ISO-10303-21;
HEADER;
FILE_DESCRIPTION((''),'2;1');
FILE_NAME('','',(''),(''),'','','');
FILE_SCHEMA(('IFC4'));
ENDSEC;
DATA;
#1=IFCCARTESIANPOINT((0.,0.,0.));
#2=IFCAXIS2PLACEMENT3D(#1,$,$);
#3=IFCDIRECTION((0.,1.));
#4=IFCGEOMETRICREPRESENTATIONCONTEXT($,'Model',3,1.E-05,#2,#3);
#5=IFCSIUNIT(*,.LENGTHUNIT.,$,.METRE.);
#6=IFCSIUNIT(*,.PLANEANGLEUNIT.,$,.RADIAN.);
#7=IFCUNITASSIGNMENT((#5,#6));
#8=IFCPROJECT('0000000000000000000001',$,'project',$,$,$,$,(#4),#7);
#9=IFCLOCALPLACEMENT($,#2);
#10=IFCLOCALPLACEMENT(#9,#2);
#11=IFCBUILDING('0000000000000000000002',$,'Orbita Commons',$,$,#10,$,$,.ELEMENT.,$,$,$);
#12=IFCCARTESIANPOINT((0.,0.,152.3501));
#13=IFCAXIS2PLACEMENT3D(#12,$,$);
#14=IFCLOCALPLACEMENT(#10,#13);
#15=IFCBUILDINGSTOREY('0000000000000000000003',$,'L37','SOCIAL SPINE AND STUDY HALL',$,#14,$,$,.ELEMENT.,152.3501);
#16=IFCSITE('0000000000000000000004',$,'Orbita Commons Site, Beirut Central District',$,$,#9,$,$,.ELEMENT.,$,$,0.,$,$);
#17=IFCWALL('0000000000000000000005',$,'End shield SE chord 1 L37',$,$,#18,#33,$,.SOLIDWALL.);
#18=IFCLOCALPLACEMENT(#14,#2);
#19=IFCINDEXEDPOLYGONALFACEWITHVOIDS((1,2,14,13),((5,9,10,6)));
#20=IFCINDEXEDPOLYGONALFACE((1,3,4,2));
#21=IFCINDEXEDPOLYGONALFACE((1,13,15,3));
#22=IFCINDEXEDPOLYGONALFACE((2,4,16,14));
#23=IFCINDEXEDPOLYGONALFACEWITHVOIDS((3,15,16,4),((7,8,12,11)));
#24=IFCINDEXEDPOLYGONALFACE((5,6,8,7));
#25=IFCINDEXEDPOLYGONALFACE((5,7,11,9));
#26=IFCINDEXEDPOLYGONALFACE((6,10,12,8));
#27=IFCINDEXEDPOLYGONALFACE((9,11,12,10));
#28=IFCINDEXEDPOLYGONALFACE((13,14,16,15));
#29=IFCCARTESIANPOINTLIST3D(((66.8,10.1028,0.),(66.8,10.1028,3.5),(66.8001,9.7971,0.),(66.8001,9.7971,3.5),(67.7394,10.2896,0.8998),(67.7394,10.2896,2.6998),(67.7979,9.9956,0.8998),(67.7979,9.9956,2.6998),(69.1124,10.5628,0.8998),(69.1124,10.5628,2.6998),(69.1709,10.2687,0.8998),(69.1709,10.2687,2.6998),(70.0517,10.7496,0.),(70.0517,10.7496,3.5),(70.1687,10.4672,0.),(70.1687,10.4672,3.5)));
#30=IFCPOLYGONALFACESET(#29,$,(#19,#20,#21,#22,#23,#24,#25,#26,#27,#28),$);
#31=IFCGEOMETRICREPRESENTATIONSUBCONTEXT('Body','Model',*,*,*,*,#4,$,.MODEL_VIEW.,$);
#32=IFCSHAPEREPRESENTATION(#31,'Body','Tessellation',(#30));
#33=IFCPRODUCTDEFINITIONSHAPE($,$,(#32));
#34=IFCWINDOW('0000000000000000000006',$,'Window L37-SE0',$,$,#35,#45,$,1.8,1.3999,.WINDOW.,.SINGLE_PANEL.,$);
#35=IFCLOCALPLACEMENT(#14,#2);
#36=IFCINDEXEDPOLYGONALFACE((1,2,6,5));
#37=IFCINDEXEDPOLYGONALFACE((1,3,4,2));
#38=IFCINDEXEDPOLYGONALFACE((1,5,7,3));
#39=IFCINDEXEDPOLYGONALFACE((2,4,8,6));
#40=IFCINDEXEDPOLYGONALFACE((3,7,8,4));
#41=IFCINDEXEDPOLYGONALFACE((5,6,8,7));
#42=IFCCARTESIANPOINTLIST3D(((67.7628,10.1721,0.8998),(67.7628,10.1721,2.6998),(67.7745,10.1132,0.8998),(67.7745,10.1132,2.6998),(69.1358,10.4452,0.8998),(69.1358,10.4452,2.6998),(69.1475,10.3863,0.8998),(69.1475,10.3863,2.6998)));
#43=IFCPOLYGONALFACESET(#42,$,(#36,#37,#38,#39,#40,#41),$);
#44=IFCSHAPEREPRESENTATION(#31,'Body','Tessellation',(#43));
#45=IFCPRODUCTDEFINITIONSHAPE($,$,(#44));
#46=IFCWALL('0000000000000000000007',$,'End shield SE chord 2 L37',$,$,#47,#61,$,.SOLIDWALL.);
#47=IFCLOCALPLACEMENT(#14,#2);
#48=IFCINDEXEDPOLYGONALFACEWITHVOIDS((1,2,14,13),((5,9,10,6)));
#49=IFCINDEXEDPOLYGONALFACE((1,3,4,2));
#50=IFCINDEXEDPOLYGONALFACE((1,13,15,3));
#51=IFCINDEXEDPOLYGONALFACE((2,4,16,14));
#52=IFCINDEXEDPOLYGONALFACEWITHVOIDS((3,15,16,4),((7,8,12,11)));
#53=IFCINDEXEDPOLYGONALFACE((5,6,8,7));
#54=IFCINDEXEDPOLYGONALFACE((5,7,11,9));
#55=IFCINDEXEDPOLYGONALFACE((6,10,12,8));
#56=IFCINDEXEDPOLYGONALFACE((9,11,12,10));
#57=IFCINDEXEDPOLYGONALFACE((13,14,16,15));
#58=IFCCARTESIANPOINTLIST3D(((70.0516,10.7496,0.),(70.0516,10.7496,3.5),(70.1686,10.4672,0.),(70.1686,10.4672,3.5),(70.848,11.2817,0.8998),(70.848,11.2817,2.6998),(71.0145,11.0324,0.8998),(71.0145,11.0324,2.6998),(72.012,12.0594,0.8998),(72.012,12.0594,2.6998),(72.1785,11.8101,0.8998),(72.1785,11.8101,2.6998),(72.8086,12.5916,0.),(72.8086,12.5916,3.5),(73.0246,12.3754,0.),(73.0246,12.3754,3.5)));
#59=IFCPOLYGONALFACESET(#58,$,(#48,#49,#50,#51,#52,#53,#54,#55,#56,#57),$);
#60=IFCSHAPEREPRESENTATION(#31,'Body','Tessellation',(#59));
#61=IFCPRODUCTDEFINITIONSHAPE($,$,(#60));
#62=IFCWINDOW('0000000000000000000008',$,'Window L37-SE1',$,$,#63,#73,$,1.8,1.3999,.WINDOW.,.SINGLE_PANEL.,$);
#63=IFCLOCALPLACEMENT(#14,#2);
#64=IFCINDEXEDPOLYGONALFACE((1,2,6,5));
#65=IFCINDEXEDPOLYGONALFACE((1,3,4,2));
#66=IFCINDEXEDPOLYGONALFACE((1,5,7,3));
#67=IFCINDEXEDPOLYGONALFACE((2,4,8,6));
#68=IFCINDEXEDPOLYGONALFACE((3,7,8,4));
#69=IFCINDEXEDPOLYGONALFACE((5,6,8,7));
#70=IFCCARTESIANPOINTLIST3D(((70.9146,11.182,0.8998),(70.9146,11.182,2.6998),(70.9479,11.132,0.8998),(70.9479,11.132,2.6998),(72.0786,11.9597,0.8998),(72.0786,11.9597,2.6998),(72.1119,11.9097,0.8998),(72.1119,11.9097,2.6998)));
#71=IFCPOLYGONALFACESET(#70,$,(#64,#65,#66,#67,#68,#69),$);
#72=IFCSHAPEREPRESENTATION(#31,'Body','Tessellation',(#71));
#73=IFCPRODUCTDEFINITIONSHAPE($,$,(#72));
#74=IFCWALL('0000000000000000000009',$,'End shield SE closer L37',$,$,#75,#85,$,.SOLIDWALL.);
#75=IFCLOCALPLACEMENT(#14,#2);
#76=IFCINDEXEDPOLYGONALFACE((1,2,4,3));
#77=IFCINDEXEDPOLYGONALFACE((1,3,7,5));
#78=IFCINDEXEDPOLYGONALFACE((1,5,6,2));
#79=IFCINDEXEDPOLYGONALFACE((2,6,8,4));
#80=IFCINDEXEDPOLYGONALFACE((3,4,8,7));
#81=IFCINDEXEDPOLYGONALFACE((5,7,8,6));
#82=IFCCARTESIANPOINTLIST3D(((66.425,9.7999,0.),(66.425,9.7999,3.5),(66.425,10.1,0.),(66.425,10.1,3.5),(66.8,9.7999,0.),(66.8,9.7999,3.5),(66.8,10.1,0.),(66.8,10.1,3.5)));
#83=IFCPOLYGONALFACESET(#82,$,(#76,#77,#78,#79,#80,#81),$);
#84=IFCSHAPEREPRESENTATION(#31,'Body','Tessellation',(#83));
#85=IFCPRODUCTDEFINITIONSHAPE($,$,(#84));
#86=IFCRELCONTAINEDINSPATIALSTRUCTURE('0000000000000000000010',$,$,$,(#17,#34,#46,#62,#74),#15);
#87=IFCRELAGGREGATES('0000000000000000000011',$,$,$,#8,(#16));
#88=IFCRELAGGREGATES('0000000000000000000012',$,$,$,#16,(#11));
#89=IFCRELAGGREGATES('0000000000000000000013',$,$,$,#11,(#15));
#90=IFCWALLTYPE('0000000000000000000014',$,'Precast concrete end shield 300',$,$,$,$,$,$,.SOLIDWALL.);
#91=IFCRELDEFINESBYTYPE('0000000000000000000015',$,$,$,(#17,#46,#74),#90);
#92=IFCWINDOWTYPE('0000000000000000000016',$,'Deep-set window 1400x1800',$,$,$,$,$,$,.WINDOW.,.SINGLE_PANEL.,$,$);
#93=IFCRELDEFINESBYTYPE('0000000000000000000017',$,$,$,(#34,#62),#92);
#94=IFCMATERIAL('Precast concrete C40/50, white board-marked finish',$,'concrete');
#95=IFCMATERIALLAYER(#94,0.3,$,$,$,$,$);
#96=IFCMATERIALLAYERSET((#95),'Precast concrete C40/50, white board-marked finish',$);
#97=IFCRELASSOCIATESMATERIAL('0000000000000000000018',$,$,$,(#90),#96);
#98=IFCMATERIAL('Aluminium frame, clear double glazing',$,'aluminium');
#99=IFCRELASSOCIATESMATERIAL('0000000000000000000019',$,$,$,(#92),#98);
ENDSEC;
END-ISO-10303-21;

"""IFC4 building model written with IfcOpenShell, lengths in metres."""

from ifc_helpers import new_model, si_unit, direction, frame, frame_2d, origin, place, context, subcontext, project, spatial, polyline, rectangle, outline, extrude, material, layer, layer_set, type_object, element, fill, save


model = new_model("IFC4")

# Units and contexts
model_context = context("Model", 3, precision=1e-05, world=origin(), true_north=direction((0.0, 1.0)))
body_context = subcontext(model_context, "Body", "Model", "MODEL_VIEW")
ifc_project = project(units=[si_unit("LENGTHUNIT", "METRE"), si_unit("PLANEANGLEUNIT", "RADIAN")], contexts=[model_context])

# Site, building, storey
site_placement = place(None, origin())
site = spatial("IfcSite", under=ifc_project, at=site_placement, Name="Orbita Commons Site, Beirut Central District", CompositionType="ELEMENT", RefElevation=0.0)
building_placement = place(site_placement, origin())
building = spatial("IfcBuilding", under=site, at=building_placement, Name="Orbita Commons", CompositionType="ELEMENT")
storey_placement = place(building_placement, frame((0.0, 0.0, 152.3501)))
storey = spatial("IfcBuildingStorey", under=building, at=storey_placement, Name="L37", Description="SOCIAL SPINE AND STUDY HALL", CompositionType="ELEMENT", Elevation=152.3501)

# Walls, openings, windows
ifc_material_1 = material(Name="Precast concrete C40/50, white board-marked finish", Category="concrete")
ifc_layer_1 = layer(ifc_material_1, 0.3)
ifc_layer_set_1 = layer_set([ifc_layer_1], Name="Precast concrete C40/50, white board-marked finish")
wall_type_1 = type_object("IfcWallType", Name="Precast concrete end shield 300", PredefinedType="SOLIDWALL", material=ifc_layer_set_1)
wall_1_placement = place(storey_placement, frame((66.8, 9.95, 0.0), z_axis=(0.0, 0.0, 1.0), x_axis=(0.980783, 0.1951, 0.0)))
wall_1 = element("IfcWall", 1, at=wall_1_placement, inside=storey, type_object=wall_type_1, Name="End shield SE chord 1 L37", PredefinedType="SOLIDWALL", context=body_context, shape_type="SweptSolid", body=[
    extrude(outline(polyline([(-0.0298, -0.1499), (3.4048, -0.1499), (3.3452, 0.1499), (0.0298, 0.1499), (-0.0298, -0.1499)])), origin(), (0.0, 0.0, 1.0), 3.5),
])
opening_1_placement = place(wall_1_placement, frame((0.9875, 0.0, 0.8999)))
opening_1 = element("IfcOpeningElement", 2, at=opening_1_placement, cuts=wall_1, PredefinedType="OPENING", context=body_context, shape_type="SweptSolid", body=[
    extrude(rectangle(XDim=1.3999, YDim=1.8, at=frame_2d((0.7, 0.8999))), frame((0.0, 0.1599, 0.0), z_axis=(0.0, -1.0, 0.0), x_axis=(1.0, 0.0, 0.0)), (0.0, 0.0, 1.0), 0.3201),
])
ifc_material_2 = material(Name="Aluminium frame, clear double glazing", Category="aluminium")
window_type = type_object("IfcWindowType", Name="Deep-set window 1400x1800", PartitioningType="SINGLE_PANEL", PredefinedType="WINDOW", material=ifc_material_2)
window_1_placement = place(opening_1_placement, origin())
window_1 = element("IfcWindow", 3, at=window_1_placement, inside=storey, type_object=window_type, Name="Window L37-SE0", OverallHeight=1.8, OverallWidth=1.3999, PartitioningType="SINGLE_PANEL", PredefinedType="WINDOW", context=body_context, shape_type="SweptSolid", body=[
    extrude(rectangle(XDim=1.3999, YDim=1.8, at=frame_2d((0.7, 0.8999))), frame((0.0, 0.03, 0.0), z_axis=(0.0, -1.0, 0.0), x_axis=(1.0, 0.0, 0.0)), (0.0, 0.0, 1.0), 0.0601),
])
fill(opening_1, window_1)
wall_2_placement = place(storey_placement, frame((70.1101, 10.6084, 0.0), z_axis=(0.0, 0.0, 1.0), x_axis=(0.831493, 0.555535, 0.0)))
wall_2 = element("IfcWall", 4, at=wall_2_placement, inside=storey, type_object=wall_type_1, Name="End shield SE chord 2 L37", PredefinedType="SOLIDWALL", context=body_context, shape_type="SweptSolid", body=[
    extrude(outline(polyline([(-0.0298, -0.1499), (3.405, -0.1499), (3.3455, 0.1499), (0.0298, 0.1499), (-0.0298, -0.1499)])), origin(), (0.0, 0.0, 1.0), 3.5),
])
opening_2_placement = place(wall_2_placement, frame((0.9875, 0.0, 0.8999)))
opening_2 = element("IfcOpeningElement", 5, at=opening_2_placement, cuts=wall_2, PredefinedType="OPENING", context=body_context, shape_type="SweptSolid", body=[
    extrude(rectangle(XDim=1.3999, YDim=1.8, at=frame_2d((0.7, 0.8999))), frame((0.0, 0.1599, 0.0), z_axis=(0.0, -1.0, 0.0), x_axis=(1.0, 0.0, 0.0)), (0.0, 0.0, 1.0), 0.3201),
])
window_2_placement = place(opening_2_placement, origin())
window_2 = element("IfcWindow", 6, at=window_2_placement, inside=storey, type_object=window_type, Name="Window L37-SE1", OverallHeight=1.8, OverallWidth=1.3999, PartitioningType="SINGLE_PANEL", PredefinedType="WINDOW", context=body_context, shape_type="SweptSolid", body=[
    extrude(rectangle(XDim=1.3999, YDim=1.8, at=frame_2d((0.7, 0.8999))), frame((0.0, 0.03, 0.0), z_axis=(0.0, -1.0, 0.0), x_axis=(1.0, 0.0, 0.0)), (0.0, 0.0, 1.0), 0.0601),
])
fill(opening_2, window_2)

# Wall
wall_3_placement = place(storey_placement, frame((66.8, 9.95, 0.0), z_axis=(0.0, 0.0, 1.0), x_axis=(-1.0, 0.0, 0.0)))
element("IfcWall", 7, at=wall_3_placement, inside=storey, type_object=wall_type_1, Name="End shield SE closer L37", PredefinedType="SOLIDWALL", context=body_context, shape_type="SweptSolid", body=[
    extrude(rectangle(XDim=0.375, YDim=0.3, at=frame_2d((0.1875, 0.0))), origin(), (0.0, 0.0, 1.0), 3.5),
])

save(model, "model.ifc")
